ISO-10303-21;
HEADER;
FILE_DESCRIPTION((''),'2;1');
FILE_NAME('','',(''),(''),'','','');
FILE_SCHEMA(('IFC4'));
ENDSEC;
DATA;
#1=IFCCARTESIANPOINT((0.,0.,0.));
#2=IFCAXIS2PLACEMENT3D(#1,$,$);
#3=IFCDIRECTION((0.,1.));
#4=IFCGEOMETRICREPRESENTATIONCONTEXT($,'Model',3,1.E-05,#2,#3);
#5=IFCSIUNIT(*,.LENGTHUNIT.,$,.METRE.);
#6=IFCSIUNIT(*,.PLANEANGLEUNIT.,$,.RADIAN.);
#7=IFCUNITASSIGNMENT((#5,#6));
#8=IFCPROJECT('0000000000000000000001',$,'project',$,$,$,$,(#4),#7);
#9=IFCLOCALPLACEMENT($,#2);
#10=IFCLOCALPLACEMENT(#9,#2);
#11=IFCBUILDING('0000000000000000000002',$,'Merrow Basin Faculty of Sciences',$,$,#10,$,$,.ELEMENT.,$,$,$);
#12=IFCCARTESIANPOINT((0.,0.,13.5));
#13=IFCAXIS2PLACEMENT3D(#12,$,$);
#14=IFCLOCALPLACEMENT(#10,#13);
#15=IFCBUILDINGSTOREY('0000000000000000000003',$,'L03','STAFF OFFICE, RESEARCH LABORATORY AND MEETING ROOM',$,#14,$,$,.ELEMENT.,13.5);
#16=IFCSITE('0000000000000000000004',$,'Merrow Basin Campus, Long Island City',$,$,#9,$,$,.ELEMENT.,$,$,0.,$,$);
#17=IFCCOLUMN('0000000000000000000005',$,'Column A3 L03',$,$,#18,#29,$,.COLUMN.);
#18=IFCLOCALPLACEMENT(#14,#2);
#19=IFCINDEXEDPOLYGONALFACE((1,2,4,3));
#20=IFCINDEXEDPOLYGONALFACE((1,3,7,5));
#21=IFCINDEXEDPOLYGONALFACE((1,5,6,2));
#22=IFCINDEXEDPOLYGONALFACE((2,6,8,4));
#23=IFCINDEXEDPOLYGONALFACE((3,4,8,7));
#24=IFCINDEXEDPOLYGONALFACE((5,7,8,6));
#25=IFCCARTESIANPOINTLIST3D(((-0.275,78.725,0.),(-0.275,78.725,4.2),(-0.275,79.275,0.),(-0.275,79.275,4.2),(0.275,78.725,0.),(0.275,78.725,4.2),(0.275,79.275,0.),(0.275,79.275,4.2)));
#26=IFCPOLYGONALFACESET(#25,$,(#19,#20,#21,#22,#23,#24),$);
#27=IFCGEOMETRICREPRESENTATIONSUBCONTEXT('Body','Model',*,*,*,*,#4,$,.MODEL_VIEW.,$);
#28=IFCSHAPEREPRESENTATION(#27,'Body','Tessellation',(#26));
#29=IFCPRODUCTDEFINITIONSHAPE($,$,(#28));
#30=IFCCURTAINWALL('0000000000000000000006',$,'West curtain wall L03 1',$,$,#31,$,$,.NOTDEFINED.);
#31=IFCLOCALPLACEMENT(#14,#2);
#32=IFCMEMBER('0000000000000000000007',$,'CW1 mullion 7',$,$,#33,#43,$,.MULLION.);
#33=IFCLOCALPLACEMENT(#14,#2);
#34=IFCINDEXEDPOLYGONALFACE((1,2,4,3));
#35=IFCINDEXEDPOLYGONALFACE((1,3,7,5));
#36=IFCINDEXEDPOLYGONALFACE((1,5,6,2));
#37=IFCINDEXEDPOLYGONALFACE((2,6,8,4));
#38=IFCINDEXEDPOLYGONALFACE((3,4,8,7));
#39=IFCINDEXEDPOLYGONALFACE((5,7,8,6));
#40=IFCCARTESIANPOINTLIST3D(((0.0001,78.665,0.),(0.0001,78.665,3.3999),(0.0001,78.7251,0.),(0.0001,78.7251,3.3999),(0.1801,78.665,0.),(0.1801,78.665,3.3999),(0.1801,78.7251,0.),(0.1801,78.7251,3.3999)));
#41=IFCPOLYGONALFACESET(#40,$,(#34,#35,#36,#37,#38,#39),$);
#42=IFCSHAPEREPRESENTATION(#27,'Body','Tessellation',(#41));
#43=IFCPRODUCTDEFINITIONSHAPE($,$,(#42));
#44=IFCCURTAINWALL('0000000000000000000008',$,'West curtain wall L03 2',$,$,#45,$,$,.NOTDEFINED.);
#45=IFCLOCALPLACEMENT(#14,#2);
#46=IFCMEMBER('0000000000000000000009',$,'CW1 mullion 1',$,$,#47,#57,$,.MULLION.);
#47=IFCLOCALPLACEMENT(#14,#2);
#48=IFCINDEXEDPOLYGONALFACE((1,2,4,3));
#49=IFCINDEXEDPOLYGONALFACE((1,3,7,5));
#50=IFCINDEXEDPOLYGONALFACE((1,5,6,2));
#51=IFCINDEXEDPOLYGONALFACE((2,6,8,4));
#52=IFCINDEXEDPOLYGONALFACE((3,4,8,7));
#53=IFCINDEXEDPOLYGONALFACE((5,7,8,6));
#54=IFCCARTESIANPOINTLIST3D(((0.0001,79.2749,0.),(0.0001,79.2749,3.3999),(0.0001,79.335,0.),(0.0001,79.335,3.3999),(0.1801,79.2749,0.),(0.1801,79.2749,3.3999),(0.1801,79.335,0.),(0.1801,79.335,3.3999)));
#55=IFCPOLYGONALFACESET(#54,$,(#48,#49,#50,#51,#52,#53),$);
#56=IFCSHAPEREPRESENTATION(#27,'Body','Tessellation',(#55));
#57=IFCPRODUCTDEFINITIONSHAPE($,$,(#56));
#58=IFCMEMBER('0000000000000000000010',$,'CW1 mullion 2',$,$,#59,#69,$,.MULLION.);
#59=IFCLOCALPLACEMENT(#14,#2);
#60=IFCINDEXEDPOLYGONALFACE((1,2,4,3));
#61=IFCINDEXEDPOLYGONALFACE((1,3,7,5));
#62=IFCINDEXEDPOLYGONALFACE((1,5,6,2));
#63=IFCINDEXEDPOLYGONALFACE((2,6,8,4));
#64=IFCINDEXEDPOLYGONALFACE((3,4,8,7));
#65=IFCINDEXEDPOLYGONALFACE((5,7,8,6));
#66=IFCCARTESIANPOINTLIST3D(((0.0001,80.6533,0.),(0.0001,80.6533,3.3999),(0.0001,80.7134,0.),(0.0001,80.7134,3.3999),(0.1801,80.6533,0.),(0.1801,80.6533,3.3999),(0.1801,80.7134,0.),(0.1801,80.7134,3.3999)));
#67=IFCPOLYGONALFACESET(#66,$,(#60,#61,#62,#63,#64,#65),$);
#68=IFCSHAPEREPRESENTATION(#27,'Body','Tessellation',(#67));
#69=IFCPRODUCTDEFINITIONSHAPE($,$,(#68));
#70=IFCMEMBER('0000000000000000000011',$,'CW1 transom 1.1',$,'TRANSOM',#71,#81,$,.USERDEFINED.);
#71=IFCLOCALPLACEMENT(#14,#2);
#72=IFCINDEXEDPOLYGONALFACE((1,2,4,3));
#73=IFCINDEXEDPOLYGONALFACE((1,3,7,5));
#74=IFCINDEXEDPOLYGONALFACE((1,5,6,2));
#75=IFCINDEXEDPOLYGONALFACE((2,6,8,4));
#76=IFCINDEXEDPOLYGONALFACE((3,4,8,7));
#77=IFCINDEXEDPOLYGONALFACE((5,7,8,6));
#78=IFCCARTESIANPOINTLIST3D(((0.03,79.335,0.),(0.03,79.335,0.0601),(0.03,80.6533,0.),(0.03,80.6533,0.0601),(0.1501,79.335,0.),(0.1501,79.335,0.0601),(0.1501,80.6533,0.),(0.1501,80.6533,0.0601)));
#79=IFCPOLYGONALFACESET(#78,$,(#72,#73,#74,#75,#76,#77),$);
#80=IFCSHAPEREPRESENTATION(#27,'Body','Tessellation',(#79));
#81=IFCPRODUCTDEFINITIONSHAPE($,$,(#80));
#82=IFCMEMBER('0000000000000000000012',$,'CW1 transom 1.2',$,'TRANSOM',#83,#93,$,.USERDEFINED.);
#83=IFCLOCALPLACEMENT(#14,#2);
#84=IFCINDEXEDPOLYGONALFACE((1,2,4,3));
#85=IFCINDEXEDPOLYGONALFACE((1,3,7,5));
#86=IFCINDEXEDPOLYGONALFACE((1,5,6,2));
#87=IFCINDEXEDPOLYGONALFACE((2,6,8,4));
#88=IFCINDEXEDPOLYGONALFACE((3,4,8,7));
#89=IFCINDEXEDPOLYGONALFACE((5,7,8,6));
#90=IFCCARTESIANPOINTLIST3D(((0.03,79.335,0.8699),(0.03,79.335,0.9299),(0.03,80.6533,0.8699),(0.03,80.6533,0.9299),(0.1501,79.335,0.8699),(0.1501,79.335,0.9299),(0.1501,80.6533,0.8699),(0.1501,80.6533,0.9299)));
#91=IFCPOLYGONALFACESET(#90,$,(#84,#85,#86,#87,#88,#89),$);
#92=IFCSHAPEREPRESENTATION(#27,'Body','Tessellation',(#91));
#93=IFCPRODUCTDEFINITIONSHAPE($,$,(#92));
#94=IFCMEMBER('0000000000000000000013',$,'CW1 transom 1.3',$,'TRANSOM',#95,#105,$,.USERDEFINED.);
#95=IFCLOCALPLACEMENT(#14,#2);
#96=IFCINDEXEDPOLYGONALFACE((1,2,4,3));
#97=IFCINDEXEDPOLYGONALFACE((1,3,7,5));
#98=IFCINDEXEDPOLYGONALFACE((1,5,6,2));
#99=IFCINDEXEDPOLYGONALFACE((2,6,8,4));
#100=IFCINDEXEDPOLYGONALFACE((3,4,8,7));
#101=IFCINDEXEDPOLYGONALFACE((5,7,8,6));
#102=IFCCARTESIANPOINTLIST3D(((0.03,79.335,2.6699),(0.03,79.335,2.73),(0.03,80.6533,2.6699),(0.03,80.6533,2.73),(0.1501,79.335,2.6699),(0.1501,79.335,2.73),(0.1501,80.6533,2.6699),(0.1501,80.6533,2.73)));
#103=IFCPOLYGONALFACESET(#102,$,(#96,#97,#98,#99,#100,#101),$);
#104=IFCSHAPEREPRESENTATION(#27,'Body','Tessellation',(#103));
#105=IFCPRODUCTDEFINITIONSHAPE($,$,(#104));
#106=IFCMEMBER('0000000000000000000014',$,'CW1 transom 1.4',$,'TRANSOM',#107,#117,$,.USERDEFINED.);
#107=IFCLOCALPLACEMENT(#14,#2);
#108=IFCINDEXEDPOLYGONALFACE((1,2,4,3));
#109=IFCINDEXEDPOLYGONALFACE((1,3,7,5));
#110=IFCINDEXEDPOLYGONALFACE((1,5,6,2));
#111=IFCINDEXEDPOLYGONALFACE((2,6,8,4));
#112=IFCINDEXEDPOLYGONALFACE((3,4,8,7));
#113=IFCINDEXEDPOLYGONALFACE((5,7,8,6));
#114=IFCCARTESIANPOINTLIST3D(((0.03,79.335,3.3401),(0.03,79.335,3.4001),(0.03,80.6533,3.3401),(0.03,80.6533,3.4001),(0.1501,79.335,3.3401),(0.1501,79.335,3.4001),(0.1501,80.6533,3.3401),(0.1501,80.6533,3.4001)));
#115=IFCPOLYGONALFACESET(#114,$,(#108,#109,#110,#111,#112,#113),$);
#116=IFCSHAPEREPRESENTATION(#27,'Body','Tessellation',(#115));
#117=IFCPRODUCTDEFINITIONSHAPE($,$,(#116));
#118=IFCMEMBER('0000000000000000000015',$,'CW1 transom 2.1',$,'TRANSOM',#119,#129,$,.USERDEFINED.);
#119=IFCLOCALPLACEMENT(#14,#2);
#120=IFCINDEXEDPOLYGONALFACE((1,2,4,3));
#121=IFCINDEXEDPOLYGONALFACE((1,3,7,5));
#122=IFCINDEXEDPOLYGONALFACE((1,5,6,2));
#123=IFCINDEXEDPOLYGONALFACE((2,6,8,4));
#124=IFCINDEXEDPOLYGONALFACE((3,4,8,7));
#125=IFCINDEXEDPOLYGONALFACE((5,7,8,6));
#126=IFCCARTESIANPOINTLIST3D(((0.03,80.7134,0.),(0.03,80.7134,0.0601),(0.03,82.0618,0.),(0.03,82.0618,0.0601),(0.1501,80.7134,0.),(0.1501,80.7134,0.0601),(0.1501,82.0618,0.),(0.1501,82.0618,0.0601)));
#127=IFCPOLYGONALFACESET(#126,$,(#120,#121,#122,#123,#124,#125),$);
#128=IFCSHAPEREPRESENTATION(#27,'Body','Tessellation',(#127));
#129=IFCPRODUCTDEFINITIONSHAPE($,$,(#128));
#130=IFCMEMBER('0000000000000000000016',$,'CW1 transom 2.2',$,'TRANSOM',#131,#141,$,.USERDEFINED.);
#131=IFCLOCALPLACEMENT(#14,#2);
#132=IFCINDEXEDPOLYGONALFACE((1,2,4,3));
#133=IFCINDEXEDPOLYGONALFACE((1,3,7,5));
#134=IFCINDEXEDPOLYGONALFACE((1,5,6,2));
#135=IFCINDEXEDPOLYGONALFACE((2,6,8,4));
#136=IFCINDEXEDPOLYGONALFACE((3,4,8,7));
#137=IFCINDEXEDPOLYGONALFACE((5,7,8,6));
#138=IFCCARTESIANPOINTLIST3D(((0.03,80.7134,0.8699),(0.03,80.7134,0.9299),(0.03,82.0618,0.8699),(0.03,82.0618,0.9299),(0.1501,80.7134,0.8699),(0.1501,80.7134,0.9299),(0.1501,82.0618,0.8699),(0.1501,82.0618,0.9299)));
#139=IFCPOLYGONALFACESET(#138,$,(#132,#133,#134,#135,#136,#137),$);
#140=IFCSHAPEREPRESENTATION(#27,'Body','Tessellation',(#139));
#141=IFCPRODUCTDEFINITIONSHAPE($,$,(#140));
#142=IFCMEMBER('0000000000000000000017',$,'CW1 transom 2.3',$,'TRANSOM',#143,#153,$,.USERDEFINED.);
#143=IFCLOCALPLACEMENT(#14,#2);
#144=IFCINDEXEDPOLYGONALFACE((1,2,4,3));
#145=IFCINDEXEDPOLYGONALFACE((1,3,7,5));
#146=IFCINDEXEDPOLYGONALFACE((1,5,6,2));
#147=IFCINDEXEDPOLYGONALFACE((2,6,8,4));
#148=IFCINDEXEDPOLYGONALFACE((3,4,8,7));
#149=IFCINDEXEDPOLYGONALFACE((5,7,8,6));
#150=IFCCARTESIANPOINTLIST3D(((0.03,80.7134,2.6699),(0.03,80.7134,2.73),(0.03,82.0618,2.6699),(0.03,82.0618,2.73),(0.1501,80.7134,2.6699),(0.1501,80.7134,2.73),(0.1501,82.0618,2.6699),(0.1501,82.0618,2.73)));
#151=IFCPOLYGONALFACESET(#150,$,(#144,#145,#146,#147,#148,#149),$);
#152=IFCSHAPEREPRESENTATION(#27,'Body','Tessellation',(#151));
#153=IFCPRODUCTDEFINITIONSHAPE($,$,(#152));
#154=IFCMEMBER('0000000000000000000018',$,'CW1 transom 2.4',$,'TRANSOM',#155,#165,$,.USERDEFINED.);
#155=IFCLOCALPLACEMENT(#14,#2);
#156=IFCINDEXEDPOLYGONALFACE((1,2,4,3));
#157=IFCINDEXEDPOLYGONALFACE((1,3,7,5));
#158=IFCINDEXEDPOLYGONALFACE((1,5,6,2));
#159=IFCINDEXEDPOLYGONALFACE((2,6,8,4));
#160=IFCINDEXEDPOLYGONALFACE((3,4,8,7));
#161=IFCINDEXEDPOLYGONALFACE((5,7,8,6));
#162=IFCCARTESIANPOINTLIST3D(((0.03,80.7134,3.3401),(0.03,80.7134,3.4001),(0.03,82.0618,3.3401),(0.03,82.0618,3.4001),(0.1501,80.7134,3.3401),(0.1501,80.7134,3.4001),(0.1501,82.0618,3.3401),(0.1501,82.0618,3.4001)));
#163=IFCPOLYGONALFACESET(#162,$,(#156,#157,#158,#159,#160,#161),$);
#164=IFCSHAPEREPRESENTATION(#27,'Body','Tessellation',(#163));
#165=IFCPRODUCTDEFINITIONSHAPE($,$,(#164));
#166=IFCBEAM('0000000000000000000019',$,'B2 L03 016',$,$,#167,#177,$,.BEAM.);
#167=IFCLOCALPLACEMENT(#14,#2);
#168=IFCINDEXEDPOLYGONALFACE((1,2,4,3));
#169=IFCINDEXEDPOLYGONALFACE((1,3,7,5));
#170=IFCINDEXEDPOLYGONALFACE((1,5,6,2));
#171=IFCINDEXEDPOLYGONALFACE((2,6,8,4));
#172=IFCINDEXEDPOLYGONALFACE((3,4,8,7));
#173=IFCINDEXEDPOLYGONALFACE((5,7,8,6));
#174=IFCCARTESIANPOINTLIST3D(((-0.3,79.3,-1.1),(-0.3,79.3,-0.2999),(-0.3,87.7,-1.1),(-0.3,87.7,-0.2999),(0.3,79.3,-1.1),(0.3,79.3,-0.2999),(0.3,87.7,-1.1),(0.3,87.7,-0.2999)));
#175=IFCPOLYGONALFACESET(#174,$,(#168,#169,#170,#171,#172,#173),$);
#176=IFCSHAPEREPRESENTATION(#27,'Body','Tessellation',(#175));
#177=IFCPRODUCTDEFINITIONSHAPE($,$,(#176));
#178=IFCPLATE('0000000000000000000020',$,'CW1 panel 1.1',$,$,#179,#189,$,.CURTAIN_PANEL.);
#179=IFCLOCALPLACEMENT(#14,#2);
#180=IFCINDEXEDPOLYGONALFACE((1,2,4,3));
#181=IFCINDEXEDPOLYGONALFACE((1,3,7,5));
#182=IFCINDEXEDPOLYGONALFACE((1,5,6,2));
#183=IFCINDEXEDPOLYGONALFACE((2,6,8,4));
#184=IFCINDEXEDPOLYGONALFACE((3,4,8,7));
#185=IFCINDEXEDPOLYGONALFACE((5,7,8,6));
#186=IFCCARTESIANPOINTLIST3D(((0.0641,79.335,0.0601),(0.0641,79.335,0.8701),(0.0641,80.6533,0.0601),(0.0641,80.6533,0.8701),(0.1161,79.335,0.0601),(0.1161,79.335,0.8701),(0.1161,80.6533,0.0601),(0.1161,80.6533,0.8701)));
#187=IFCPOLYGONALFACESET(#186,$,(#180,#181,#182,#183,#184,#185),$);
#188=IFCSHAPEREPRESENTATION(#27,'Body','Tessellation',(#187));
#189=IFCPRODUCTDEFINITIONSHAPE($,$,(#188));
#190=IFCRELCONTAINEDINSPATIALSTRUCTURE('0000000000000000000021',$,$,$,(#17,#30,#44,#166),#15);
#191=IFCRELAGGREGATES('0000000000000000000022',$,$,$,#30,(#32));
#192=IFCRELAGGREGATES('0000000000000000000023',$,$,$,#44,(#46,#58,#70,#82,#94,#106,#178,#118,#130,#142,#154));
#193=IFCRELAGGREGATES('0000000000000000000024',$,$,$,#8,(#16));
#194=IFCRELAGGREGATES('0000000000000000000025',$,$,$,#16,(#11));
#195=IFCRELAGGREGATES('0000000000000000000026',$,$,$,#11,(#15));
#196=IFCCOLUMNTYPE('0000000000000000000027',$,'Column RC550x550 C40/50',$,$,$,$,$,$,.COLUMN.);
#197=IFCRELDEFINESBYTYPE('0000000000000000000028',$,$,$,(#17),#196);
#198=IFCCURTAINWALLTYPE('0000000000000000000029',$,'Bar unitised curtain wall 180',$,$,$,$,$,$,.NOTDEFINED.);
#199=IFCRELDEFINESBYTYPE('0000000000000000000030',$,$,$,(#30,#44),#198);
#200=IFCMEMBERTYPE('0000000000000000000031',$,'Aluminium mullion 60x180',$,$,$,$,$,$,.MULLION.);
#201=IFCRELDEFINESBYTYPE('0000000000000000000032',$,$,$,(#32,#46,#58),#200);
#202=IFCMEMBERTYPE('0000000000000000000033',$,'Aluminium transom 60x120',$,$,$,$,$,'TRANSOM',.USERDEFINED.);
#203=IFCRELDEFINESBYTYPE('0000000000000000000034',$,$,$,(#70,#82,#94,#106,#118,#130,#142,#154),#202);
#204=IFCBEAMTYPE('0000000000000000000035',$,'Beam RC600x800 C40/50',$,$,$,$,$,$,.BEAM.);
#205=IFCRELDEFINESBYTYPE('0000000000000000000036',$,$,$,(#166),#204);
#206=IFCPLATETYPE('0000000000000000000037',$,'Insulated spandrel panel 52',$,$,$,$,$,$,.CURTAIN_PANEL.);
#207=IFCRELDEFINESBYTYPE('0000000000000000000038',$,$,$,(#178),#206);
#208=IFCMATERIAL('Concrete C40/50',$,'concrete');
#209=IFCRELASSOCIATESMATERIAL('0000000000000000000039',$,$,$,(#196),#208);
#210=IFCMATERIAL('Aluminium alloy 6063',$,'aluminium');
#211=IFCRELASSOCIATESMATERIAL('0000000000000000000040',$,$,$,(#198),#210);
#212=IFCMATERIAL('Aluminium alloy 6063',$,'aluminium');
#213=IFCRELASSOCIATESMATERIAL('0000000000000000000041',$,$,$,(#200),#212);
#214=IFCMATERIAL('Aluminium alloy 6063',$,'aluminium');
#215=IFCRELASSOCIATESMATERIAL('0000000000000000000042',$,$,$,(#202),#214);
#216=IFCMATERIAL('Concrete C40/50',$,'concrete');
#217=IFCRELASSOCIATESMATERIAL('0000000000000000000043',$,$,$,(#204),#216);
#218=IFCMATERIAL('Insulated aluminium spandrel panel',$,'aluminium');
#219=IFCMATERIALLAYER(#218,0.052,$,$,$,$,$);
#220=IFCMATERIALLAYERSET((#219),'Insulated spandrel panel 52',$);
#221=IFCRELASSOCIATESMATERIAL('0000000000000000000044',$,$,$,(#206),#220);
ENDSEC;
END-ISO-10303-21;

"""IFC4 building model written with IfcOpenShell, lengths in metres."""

from ifc_helpers import new_model, si_unit, direction, frame, origin, origin_2d, place, context, subcontext, project, spatial, rectangle, extrude, material, layer, layer_set, material_profile, profile_set, type_object, element, aggregate, save


model = new_model("IFC4")

# Units and contexts
model_context = context("Model", 3, precision=1e-05, world=origin(), true_north=direction((0.0, 1.0)))
body_context = subcontext(model_context, "Body", "Model", "MODEL_VIEW")
ifc_project = project(units=[si_unit("LENGTHUNIT", "METRE"), si_unit("PLANEANGLEUNIT", "RADIAN")], contexts=[model_context])

# Site, building, storey
site_placement = place(None, origin())
site = spatial("IfcSite", under=ifc_project, at=site_placement, Name="Merrow Basin Campus, Long Island City", CompositionType="ELEMENT", RefElevation=0.0)
building_placement = place(site_placement, origin())
building = spatial("IfcBuilding", under=site, at=building_placement, Name="Merrow Basin Faculty of Sciences", CompositionType="ELEMENT")
storey_placement = place(building_placement, frame((0.0, 0.0, 13.5)))
storey = spatial("IfcBuildingStorey", under=building, at=storey_placement, Name="L03", Description="STAFF OFFICE, RESEARCH LABORATORY AND MEETING ROOM", CompositionType="ELEMENT", Elevation=13.5)

# Column
ifc_material_1 = material(Name="Concrete C40/50", Category="concrete")
ifc_material_profile_1 = material_profile(ifc_material_1, rectangle(XDim=0.55, YDim=0.55, at=origin_2d()))
ifc_profile_set_1 = profile_set([ifc_material_profile_1], Name="Concrete C40/50")
column_type = type_object("IfcColumnType", Name="Column RC550x550 C40/50", PredefinedType="COLUMN", material=ifc_profile_set_1)
column_placement = place(storey_placement, frame((0.0, 79.0, 0.0), z_axis=(0.0, 0.0, 1.0), x_axis=(1.0, 0.0, 0.0)))
element("IfcColumn", 1, at=column_placement, inside=storey, type_object=column_type, Name="Column A3 L03", PredefinedType="COLUMN", context=body_context, shape_type="SweptSolid", body=[
    extrude(rectangle(XDim=0.55, YDim=0.55, at=origin_2d()), origin(), (0.0, 0.0, 1.0), 4.2),
])

# Curtain wall, member
ifc_material_2 = material(Name="Aluminium alloy 6063", Category="aluminium")
curtain_wall_type = type_object("IfcCurtainWallType", Name="Bar unitised curtain wall 180", PredefinedType="NOTDEFINED", material=ifc_material_2)
curtain_wall_1_placement = place(storey_placement, origin())
curtain_wall_1 = element("IfcCurtainWall", 2, at=curtain_wall_1_placement, inside=storey, type_object=curtain_wall_type, Name="West curtain wall L03 1", PredefinedType="NOTDEFINED")
ifc_material_3 = material(Name="Aluminium alloy 6063", Category="aluminium")
ifc_material_profile_2 = material_profile(ifc_material_3, rectangle(XDim=0.1799, YDim=0.0601, at=origin_2d()))
ifc_profile_set_2 = profile_set([ifc_material_profile_2], Name="Aluminium alloy 6063")
member_type_1 = type_object("IfcMemberType", Name="Aluminium mullion 60x180", PredefinedType="MULLION", material=ifc_profile_set_2)
member_1_placement = place(storey_placement, frame((0.0901, 78.6951, 0.0), z_axis=(0.0, 0.0, 1.0), x_axis=(-1.0, 0.0, 0.0)))
member_1 = element("IfcMember", 3, at=member_1_placement, type_object=member_type_1, Name="CW1 mullion 7", PredefinedType="MULLION", context=body_context, shape_type="SweptSolid", body=[
    extrude(rectangle(XDim=0.1799, YDim=0.0601, at=origin_2d()), origin(), (0.0, 0.0, 1.0), 3.3999),
])

# Curtain wall, members
curtain_wall_2_placement = place(storey_placement, origin())
curtain_wall_2 = element("IfcCurtainWall", 4, at=curtain_wall_2_placement, inside=storey, type_object=curtain_wall_type, Name="West curtain wall L03 2", PredefinedType="NOTDEFINED")
member_2_placement = place(storey_placement, frame((0.0901, 79.3049, 0.0), z_axis=(0.0, 0.0, 1.0), x_axis=(-1.0, 0.0, 0.0)))
member_2 = element("IfcMember", 5, at=member_2_placement, type_object=member_type_1, Name="CW1 mullion 1", PredefinedType="MULLION", context=body_context, shape_type="SweptSolid", body=[
    extrude(rectangle(XDim=0.1799, YDim=0.0601, at=origin_2d()), origin(), (0.0, 0.0, 1.0), 3.3999),
])
member_3_placement = place(storey_placement, frame((0.0901, 80.6833, 0.0), z_axis=(0.0, 0.0, 1.0), x_axis=(-1.0, 0.0, 0.0)))
member_3 = element("IfcMember", 6, at=member_3_placement, type_object=member_type_1, Name="CW1 mullion 2", PredefinedType="MULLION", context=body_context, shape_type="SweptSolid", body=[
    extrude(rectangle(XDim=0.1799, YDim=0.0601, at=origin_2d()), origin(), (0.0, 0.0, 1.0), 3.3999),
])
ifc_material_4 = material(Name="Aluminium alloy 6063", Category="aluminium")
ifc_material_profile_3 = material_profile(ifc_material_4, rectangle(XDim=0.1201, YDim=0.0601, at=origin_2d()))
ifc_profile_set_3 = profile_set([ifc_material_profile_3], Name="Aluminium alloy 6063")
member_type_2 = type_object("IfcMemberType", Name="Aluminium transom 60x120", ElementType="TRANSOM", PredefinedType="USERDEFINED", material=ifc_profile_set_3)
member_4_placement = place(storey_placement, frame((0.0901, 79.335, 0.03), z_axis=(0.0, 1.0, 0.0), x_axis=(-1.0, 0.0, 0.0)))
member_4 = element("IfcMember", 7, at=member_4_placement, type_object=member_type_2, Name="CW1 transom 1.1", ObjectType="TRANSOM", PredefinedType="USERDEFINED", context=body_context, shape_type="SweptSolid", body=[
    extrude(rectangle(XDim=0.1201, YDim=0.0601, at=origin_2d()), origin(), (0.0, 0.0, 1.0), 1.3184),
])
member_5_placement = place(storey_placement, frame((0.0901, 79.335, 0.8999), z_axis=(0.0, 1.0, 0.0), x_axis=(-1.0, 0.0, 0.0)))
member_5 = element("IfcMember", 8, at=member_5_placement, type_object=member_type_2, Name="CW1 transom 1.2", ObjectType="TRANSOM", PredefinedType="USERDEFINED", context=body_context, shape_type="SweptSolid", body=[
    extrude(rectangle(XDim=0.1201, YDim=0.0601, at=origin_2d()), origin(), (0.0, 0.0, 1.0), 1.3184),
])
member_6_placement = place(storey_placement, frame((0.0901, 79.335, 2.7), z_axis=(0.0, 1.0, 0.0), x_axis=(-1.0, 0.0, 0.0)))
member_6 = element("IfcMember", 9, at=member_6_placement, type_object=member_type_2, Name="CW1 transom 1.3", ObjectType="TRANSOM", PredefinedType="USERDEFINED", context=body_context, shape_type="SweptSolid", body=[
    extrude(rectangle(XDim=0.1201, YDim=0.0601, at=origin_2d()), origin(), (0.0, 0.0, 1.0), 1.3184),
])
member_7_placement = place(storey_placement, frame((0.0901, 79.335, 3.3701), z_axis=(0.0, 1.0, 0.0), x_axis=(-1.0, 0.0, 0.0)))
member_7 = element("IfcMember", 10, at=member_7_placement, type_object=member_type_2, Name="CW1 transom 1.4", ObjectType="TRANSOM", PredefinedType="USERDEFINED", context=body_context, shape_type="SweptSolid", body=[
    extrude(rectangle(XDim=0.1201, YDim=0.0601, at=origin_2d()), origin(), (0.0, 0.0, 1.0), 1.3184),
])
member_8_placement = place(storey_placement, frame((0.0901, 80.7134, 0.03), z_axis=(0.0, 1.0, 0.0), x_axis=(-1.0, 0.0, 0.0)))
member_8 = element("IfcMember", 11, at=member_8_placement, type_object=member_type_2, Name="CW1 transom 2.1", ObjectType="TRANSOM", PredefinedType="USERDEFINED", context=body_context, shape_type="SweptSolid", body=[
    extrude(rectangle(XDim=0.1201, YDim=0.0601, at=origin_2d()), origin(), (0.0, 0.0, 1.0), 1.3484),
])
member_9_placement = place(storey_placement, frame((0.0901, 80.7134, 0.8999), z_axis=(0.0, 1.0, 0.0), x_axis=(-1.0, 0.0, 0.0)))
member_9 = element("IfcMember", 12, at=member_9_placement, type_object=member_type_2, Name="CW1 transom 2.2", ObjectType="TRANSOM", PredefinedType="USERDEFINED", context=body_context, shape_type="SweptSolid", body=[
    extrude(rectangle(XDim=0.1201, YDim=0.0601, at=origin_2d()), origin(), (0.0, 0.0, 1.0), 1.3484),
])
member_10_placement = place(storey_placement, frame((0.0901, 80.7134, 2.7), z_axis=(0.0, 1.0, 0.0), x_axis=(-1.0, 0.0, 0.0)))
member_10 = element("IfcMember", 13, at=member_10_placement, type_object=member_type_2, Name="CW1 transom 2.3", ObjectType="TRANSOM", PredefinedType="USERDEFINED", context=body_context, shape_type="SweptSolid", body=[
    extrude(rectangle(XDim=0.1201, YDim=0.0601, at=origin_2d()), origin(), (0.0, 0.0, 1.0), 1.3484),
])
member_11_placement = place(storey_placement, frame((0.0901, 80.7134, 3.3701), z_axis=(0.0, 1.0, 0.0), x_axis=(-1.0, 0.0, 0.0)))
member_11 = element("IfcMember", 14, at=member_11_placement, type_object=member_type_2, Name="CW1 transom 2.4", ObjectType="TRANSOM", PredefinedType="USERDEFINED", context=body_context, shape_type="SweptSolid", body=[
    extrude(rectangle(XDim=0.1201, YDim=0.0601, at=origin_2d()), origin(), (0.0, 0.0, 1.0), 1.3484),
])

# Beam
ifc_material_5 = material(Name="Concrete C40/50", Category="concrete")
ifc_material_profile_4 = material_profile(ifc_material_5, rectangle(XDim=0.6001, YDim=0.8, at=origin_2d()))
ifc_profile_set_4 = profile_set([ifc_material_profile_4], Name="Concrete C40/50")
beam_type = type_object("IfcBeamType", Name="Beam RC600x800 C40/50", PredefinedType="BEAM", material=ifc_profile_set_4)
beam_placement = place(storey_placement, frame((0.0, 79.3, -0.7), z_axis=(0.0, 1.0, 0.0), x_axis=(-1.0, 0.0, 0.0)))
element("IfcBeam", 15, at=beam_placement, inside=storey, type_object=beam_type, Name="B2 L03 016", PredefinedType="BEAM", context=body_context, shape_type="SweptSolid", body=[
    extrude(rectangle(XDim=0.6001, YDim=0.8, at=origin_2d()), origin(), (0.0, 0.0, 1.0), 8.3999),
])

# Plate
ifc_material_6 = material(Name="Insulated aluminium spandrel panel", Category="aluminium")
ifc_layer_1 = layer(ifc_material_6, 0.052)
ifc_layer_set_1 = layer_set([ifc_layer_1], Name="Insulated spandrel panel 52")
plate_type_1 = type_object("IfcPlateType", Name="Insulated spandrel panel 52", PredefinedType="CURTAIN_PANEL", material=ifc_layer_set_1)
plate_1_placement = place(storey_placement, frame((0.0901, 79.9941, 0.0601), z_axis=(0.0, 0.0, 1.0), x_axis=(0.0, 1.0, 0.0)))
plate_1 = element("IfcPlate", 16, at=plate_1_placement, type_object=plate_type_1, Name="CW1 panel 1.1", PredefinedType="CURTAIN_PANEL", context=body_context, shape_type="SweptSolid", body=[
    extrude(rectangle(XDim=1.3184, YDim=0.052, at=origin_2d()), origin(), (0.0, 0.0, 1.0), 0.8101),
])
aggregate(curtain_wall_1, [member_1])
aggregate(curtain_wall_2, [member_2, member_3, member_4, member_5, member_6, member_7, plate_1, member_8, member_9, member_10, member_11])

save(model, "model.ifc")
